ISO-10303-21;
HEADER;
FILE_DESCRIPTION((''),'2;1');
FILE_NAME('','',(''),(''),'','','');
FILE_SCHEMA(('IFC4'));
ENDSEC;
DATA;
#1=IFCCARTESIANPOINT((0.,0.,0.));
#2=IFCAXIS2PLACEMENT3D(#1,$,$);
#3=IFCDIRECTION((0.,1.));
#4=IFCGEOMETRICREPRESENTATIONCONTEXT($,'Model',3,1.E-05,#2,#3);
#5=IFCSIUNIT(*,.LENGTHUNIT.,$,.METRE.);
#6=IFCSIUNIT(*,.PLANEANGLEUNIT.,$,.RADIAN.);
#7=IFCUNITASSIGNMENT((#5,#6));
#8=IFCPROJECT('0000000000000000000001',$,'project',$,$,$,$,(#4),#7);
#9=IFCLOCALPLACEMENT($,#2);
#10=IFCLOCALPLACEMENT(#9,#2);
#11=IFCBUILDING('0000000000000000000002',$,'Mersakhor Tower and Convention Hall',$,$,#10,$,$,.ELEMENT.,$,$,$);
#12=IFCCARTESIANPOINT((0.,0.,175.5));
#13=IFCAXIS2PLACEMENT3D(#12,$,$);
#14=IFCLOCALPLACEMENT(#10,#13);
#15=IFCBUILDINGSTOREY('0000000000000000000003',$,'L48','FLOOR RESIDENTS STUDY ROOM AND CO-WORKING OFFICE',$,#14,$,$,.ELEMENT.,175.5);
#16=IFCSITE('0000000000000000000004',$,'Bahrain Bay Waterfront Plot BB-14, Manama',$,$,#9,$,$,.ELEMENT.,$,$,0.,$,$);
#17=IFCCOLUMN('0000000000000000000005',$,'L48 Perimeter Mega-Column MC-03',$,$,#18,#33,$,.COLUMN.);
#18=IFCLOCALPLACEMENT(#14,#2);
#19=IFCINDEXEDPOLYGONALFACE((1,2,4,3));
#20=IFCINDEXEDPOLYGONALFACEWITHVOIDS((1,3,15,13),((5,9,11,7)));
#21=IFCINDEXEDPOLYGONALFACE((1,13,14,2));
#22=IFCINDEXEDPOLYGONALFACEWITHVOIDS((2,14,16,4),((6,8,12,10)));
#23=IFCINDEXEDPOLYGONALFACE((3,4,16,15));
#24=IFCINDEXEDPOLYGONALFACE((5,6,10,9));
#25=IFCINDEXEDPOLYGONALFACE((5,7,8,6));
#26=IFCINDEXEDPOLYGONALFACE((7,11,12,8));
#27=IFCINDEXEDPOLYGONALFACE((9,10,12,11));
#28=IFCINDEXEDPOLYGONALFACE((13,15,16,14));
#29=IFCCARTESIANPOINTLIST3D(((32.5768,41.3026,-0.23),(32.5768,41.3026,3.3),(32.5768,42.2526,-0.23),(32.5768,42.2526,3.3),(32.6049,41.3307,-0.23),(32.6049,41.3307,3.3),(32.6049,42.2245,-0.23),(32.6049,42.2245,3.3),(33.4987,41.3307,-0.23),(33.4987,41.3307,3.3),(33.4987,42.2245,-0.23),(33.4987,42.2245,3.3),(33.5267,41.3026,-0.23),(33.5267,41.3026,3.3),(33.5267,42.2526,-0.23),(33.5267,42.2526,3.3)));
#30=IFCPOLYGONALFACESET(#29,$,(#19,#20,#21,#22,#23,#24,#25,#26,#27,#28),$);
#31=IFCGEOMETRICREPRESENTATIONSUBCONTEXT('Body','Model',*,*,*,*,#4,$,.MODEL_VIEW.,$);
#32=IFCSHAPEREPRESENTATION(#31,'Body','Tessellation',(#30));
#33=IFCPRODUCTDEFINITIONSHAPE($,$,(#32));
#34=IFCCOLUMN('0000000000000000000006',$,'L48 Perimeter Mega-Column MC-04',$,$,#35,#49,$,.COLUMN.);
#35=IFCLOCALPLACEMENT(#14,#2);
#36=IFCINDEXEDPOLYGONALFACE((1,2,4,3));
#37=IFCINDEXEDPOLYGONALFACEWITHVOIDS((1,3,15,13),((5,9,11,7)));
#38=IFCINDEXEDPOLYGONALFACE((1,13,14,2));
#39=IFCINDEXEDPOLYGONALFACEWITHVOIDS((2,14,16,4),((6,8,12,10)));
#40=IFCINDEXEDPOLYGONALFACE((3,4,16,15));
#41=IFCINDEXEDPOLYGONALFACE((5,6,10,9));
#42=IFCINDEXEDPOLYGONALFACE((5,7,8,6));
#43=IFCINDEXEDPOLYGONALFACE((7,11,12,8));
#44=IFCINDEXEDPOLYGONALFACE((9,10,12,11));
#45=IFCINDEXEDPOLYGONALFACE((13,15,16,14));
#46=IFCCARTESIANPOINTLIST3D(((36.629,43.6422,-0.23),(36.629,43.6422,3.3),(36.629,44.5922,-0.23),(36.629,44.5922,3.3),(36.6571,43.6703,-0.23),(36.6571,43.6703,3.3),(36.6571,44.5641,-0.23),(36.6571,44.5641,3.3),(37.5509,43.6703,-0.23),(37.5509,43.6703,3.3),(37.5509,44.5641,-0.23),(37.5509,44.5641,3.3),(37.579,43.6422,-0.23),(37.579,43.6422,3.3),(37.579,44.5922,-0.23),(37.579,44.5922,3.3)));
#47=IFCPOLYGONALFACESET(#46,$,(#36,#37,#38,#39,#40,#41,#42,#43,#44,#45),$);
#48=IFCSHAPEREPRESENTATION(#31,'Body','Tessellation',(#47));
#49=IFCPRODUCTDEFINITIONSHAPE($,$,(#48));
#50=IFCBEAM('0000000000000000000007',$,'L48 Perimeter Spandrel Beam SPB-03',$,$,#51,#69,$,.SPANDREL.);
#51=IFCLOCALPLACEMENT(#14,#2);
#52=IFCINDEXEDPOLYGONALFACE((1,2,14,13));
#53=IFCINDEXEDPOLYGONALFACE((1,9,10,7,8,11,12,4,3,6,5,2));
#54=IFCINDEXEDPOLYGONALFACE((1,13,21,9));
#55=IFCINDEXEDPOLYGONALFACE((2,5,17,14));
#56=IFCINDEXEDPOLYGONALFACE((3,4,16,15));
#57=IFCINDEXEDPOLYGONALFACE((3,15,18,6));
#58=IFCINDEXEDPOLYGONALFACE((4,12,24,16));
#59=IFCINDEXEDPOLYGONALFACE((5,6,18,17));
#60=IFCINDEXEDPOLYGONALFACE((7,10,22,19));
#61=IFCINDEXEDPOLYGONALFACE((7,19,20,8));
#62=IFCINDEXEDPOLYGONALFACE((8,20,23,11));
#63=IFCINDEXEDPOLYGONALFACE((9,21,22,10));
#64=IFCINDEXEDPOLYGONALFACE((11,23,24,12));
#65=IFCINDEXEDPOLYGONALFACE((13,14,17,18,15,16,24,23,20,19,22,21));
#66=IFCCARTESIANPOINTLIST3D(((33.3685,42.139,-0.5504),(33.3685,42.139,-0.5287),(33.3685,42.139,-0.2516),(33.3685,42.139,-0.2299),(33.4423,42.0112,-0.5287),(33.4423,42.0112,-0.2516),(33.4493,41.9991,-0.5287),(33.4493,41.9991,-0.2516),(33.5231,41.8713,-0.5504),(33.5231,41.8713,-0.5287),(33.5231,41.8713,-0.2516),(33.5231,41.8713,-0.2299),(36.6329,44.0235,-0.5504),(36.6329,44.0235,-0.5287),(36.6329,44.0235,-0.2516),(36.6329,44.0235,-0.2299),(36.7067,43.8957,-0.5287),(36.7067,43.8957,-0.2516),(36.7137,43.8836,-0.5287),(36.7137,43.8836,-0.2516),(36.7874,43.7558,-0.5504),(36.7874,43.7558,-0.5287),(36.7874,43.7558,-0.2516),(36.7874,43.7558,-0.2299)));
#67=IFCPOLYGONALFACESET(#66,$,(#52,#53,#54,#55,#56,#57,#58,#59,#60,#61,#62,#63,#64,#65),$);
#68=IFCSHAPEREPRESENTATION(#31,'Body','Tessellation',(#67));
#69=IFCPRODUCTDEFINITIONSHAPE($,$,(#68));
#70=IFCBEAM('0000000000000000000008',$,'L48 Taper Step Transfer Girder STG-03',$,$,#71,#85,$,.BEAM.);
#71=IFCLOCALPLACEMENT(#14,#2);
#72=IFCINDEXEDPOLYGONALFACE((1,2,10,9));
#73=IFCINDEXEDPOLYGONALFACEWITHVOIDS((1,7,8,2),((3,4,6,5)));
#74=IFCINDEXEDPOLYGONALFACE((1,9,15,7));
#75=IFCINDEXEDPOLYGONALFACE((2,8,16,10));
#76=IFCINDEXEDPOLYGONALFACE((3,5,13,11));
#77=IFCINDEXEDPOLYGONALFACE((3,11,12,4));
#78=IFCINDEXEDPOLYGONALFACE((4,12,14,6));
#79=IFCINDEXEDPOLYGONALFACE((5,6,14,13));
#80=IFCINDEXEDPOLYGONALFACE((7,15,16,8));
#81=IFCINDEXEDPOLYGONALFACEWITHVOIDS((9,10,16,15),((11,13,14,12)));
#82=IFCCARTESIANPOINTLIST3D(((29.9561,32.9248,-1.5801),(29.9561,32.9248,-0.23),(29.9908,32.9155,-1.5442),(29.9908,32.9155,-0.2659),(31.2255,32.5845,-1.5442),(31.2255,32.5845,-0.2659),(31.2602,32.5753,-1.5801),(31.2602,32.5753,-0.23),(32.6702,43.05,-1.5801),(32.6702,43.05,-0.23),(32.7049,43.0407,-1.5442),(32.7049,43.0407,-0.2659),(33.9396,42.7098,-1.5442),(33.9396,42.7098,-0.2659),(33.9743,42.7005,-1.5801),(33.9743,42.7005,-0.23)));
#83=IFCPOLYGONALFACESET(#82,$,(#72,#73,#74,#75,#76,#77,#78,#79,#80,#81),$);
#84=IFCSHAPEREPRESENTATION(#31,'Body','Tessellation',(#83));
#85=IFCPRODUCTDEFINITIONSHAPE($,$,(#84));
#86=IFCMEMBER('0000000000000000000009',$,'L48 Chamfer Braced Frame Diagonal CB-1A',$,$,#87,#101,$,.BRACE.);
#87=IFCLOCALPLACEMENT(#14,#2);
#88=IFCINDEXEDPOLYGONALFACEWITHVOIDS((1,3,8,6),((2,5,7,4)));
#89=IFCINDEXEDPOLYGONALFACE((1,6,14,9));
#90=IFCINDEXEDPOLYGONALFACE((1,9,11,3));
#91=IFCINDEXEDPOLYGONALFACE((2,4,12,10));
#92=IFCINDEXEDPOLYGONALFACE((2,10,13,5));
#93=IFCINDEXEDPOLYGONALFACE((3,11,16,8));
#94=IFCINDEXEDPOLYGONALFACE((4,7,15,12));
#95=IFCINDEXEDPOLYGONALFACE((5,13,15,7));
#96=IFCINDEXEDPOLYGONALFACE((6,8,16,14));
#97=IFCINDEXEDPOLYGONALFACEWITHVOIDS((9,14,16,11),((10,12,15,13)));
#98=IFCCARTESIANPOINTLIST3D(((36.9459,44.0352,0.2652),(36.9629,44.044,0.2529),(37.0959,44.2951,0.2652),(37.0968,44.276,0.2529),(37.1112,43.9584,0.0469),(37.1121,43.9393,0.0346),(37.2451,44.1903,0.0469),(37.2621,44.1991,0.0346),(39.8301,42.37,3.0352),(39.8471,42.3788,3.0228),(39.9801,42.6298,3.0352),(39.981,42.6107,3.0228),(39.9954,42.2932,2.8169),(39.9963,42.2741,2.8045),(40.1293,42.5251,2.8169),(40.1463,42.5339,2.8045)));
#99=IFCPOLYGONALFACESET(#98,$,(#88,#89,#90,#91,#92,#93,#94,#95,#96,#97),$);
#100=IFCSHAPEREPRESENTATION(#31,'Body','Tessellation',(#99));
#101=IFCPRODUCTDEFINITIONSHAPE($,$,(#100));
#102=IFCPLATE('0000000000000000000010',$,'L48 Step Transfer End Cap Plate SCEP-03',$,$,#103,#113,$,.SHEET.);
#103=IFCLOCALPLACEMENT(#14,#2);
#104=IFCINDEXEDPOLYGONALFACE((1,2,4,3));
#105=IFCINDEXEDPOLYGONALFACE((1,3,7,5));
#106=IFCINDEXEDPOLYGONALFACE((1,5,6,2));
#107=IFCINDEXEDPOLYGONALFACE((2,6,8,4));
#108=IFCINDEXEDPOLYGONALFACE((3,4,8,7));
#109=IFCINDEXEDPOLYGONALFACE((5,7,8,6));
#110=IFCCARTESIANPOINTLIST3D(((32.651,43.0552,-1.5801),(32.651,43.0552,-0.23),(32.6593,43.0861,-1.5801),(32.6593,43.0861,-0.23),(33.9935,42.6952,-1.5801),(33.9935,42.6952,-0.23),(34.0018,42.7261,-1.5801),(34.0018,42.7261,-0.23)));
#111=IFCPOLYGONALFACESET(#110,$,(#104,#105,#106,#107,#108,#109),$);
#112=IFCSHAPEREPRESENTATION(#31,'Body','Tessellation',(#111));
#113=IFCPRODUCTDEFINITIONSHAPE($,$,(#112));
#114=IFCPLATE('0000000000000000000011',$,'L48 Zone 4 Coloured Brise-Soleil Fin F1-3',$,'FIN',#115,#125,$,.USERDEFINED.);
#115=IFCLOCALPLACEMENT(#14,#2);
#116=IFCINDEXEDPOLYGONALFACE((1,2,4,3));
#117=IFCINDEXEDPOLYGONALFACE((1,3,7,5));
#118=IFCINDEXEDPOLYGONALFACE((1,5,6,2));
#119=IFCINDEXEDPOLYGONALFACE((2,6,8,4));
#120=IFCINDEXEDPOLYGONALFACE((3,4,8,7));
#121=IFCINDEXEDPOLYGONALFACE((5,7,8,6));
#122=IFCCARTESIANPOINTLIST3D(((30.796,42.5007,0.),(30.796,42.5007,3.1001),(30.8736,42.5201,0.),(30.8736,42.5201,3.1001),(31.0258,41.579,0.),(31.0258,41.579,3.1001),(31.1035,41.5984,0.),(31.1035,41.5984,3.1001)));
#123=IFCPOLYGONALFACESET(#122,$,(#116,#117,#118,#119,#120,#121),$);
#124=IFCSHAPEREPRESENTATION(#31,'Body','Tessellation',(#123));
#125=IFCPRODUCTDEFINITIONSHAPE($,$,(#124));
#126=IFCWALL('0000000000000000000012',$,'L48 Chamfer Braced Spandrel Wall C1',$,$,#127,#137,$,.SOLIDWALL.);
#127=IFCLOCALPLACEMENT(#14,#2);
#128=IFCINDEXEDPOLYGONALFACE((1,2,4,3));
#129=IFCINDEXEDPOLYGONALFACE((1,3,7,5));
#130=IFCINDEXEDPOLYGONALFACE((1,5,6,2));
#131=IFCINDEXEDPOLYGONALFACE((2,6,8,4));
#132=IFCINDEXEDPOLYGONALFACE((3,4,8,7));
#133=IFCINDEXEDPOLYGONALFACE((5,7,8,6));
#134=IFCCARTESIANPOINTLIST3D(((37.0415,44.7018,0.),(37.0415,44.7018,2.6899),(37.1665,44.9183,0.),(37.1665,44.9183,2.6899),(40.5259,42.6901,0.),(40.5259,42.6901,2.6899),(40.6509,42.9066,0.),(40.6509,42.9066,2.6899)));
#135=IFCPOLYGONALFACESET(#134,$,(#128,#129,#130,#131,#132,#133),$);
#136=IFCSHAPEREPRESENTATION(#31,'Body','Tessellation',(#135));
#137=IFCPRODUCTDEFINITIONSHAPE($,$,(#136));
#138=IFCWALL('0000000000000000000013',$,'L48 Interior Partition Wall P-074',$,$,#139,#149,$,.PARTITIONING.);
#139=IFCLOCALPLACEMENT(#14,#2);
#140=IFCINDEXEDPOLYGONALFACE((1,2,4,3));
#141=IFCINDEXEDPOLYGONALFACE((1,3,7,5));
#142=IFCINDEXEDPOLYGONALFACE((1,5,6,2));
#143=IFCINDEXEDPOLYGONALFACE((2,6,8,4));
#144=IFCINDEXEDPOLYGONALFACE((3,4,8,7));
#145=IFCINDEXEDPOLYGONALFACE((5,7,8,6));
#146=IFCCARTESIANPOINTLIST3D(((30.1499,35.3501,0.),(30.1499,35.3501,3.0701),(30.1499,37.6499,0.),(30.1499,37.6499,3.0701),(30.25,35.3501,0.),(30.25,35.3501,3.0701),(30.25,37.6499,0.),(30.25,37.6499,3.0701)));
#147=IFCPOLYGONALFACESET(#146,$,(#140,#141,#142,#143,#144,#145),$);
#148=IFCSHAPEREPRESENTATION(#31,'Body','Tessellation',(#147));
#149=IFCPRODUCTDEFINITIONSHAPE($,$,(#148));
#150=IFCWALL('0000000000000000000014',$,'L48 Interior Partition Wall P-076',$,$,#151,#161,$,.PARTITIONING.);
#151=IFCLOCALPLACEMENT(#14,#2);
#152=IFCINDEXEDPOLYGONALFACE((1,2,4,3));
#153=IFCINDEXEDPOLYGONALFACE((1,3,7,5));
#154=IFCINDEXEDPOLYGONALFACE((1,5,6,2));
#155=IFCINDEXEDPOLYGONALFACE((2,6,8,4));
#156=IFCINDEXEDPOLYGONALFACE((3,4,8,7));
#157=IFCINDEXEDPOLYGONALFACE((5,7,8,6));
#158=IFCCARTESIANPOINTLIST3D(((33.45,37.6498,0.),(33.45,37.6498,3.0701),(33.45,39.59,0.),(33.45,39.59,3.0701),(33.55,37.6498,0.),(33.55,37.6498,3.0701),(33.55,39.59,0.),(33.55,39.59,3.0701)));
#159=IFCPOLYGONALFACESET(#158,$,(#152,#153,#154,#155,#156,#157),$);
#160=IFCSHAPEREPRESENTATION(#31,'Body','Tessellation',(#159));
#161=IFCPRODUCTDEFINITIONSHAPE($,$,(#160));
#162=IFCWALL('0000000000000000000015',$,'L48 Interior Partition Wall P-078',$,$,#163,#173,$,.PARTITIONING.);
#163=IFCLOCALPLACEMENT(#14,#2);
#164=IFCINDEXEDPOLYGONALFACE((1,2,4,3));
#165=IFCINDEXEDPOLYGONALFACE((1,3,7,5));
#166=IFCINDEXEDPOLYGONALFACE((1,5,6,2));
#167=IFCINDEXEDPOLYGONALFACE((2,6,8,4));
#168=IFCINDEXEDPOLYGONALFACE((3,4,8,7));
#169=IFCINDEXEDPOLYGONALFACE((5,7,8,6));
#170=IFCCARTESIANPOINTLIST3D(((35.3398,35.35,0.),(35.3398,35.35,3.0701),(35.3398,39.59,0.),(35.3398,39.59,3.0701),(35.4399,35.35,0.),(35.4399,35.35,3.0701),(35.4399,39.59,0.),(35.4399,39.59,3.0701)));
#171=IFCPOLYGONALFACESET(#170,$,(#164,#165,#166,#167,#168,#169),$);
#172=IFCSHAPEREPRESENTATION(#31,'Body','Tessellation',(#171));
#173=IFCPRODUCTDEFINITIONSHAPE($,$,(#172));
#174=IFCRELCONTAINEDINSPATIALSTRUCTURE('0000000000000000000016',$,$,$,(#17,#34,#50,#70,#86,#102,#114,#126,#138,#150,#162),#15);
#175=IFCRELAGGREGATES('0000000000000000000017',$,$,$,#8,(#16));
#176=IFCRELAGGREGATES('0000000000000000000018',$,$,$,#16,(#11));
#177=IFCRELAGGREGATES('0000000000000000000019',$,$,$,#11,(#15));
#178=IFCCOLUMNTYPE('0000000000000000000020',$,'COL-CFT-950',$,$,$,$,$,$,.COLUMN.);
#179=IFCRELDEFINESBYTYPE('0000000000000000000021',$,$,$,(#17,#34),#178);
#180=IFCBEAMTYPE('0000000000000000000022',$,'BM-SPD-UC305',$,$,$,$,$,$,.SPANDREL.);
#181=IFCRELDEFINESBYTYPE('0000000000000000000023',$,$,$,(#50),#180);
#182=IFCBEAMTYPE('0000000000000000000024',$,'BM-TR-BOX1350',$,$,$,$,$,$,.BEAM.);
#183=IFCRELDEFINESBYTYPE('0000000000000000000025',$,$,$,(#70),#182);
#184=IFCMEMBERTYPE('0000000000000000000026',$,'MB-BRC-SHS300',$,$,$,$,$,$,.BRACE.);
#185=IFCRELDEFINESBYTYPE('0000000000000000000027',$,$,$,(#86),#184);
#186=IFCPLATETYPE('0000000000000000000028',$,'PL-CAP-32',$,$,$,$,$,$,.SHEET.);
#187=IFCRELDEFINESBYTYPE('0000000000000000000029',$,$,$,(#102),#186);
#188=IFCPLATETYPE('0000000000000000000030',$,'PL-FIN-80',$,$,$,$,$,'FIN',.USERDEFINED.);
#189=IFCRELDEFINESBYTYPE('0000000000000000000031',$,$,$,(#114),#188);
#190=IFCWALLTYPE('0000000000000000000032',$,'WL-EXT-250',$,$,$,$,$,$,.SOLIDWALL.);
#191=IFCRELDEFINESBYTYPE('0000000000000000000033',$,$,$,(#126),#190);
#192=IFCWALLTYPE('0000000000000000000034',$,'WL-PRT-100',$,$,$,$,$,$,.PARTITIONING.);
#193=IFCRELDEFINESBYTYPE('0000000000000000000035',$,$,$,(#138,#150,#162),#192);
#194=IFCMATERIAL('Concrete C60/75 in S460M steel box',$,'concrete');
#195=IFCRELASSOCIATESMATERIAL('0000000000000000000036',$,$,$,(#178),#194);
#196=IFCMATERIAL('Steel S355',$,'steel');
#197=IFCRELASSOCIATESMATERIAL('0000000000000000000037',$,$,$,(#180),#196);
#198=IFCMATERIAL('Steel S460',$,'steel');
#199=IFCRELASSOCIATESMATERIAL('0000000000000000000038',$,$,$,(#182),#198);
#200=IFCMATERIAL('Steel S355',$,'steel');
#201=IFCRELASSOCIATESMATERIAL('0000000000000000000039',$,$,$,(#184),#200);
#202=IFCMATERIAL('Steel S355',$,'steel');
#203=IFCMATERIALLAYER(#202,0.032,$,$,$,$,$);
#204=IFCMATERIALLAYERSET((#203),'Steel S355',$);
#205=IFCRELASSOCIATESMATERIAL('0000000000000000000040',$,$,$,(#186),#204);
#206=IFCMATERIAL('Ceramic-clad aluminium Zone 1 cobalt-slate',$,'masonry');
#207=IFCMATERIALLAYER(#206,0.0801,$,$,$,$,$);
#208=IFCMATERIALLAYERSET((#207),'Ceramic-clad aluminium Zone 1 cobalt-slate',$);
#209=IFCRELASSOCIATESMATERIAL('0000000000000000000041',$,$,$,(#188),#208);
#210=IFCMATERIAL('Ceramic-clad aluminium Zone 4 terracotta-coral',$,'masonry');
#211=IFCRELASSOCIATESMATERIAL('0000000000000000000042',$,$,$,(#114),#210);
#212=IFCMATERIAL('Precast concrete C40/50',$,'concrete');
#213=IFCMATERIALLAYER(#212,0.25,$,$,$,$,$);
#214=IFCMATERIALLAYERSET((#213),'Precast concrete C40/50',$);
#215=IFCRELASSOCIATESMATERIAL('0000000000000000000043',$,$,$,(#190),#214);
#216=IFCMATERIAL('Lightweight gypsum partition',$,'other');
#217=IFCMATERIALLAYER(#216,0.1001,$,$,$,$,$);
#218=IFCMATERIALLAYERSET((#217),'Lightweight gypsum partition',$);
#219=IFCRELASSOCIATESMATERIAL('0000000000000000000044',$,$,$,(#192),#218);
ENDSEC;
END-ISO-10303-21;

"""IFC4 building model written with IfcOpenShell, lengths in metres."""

from ifc_helpers import new_model, si_unit, direction, frame, frame_2d, origin, origin_2d, place, context, subcontext, project, spatial, rectangle, hollow_rectangle, i_section, extrude, material, layer, layer_set, material_profile, profile_set, type_object, element, save


model = new_model("IFC4")

# Units and contexts
model_context = context("Model", 3, precision=1e-05, world=origin(), true_north=direction((0.0, 1.0)))
body_context = subcontext(model_context, "Body", "Model", "MODEL_VIEW")
ifc_project = project(units=[si_unit("LENGTHUNIT", "METRE"), si_unit("PLANEANGLEUNIT", "RADIAN")], contexts=[model_context])

# Site, building, storey
site_placement = place(None, origin())
site = spatial("IfcSite", under=ifc_project, at=site_placement, Name="Bahrain Bay Waterfront Plot BB-14, Manama", CompositionType="ELEMENT", RefElevation=0.0)
building_placement = place(site_placement, origin())
building = spatial("IfcBuilding", under=site, at=building_placement, Name="Mersakhor Tower and Convention Hall", CompositionType="ELEMENT")
storey_placement = place(building_placement, frame((0.0, 0.0, 175.5)))
storey = spatial("IfcBuildingStorey", under=building, at=storey_placement, Name="L48", Description="FLOOR RESIDENTS STUDY ROOM AND CO-WORKING OFFICE", CompositionType="ELEMENT", Elevation=175.5)

# Columns
ifc_material_1 = material(Name="Concrete C60/75 in S460M steel box", Category="concrete")
ifc_material_profile_1 = material_profile(ifc_material_1, hollow_rectangle(XDim=0.95, YDim=0.95, WallThickness=0.0281, at=origin_2d()), Name="SHS 950x950x28")
ifc_profile_set_1 = profile_set([ifc_material_profile_1], Name="Concrete C60/75 in S460M steel box")
column_type = type_object("IfcColumnType", Name="COL-CFT-950", PredefinedType="COLUMN", material=ifc_profile_set_1)
for number, where, z_axis, x_axis, name in (
    (1, (33.0518, 41.7776, -0.23), (0.0, 0.0, 1.0), (1.0, 0.0, 0.0), "L48 Perimeter Mega-Column MC-03"),
    (2, (37.104, 44.1172, -0.23), (0.0, 0.0, 1.0), (1.0, 0.0, 0.0), "L48 Perimeter Mega-Column MC-04"),
):
    element("IfcColumn", number, at=place(storey_placement, frame(where, z_axis=z_axis, x_axis=x_axis)), inside=storey, type_object=column_type, Name=name, PredefinedType="COLUMN", context=body_context, shape_type="SweptSolid", body=[
        extrude(hollow_rectangle(XDim=0.95, YDim=0.95, WallThickness=0.0281, at=origin_2d()), origin(), (0.0, 0.0, 1.0), 3.53),
    ])

# Beams
ifc_material_2 = material(Name="Steel S355", Category="steel")
ifc_material_profile_2 = material_profile(ifc_material_2, i_section(OverallWidth=0.3091, OverallDepth=0.3206, WebThickness=0.0139, FlangeThickness=0.0217, at=origin_2d()), Name="UC 305x305x137")
ifc_profile_set_2 = profile_set([ifc_material_profile_2], Name="Steel S355")
beam_type_1 = type_object("IfcBeamType", Name="BM-SPD-UC305", PredefinedType="SPANDREL", material=ifc_profile_set_2)
beam_1_placement = place(storey_placement, frame((33.4458, 42.0051, -0.3901), z_axis=(0.866046, 0.499964, 0.0), x_axis=(-0.499964, 0.866046, 0.0)))
element("IfcBeam", 3, at=beam_1_placement, inside=storey, type_object=beam_type_1, Name="L48 Perimeter Spandrel Beam SPB-03", PredefinedType="SPANDREL", context=body_context, shape_type="SweptSolid", body=[
    extrude(i_section(OverallWidth=0.3091, OverallDepth=0.3206, WebThickness=0.0139, FlangeThickness=0.0217, at=origin_2d()), origin(), (0.0, 0.0, 1.0), 3.7693),
])
ifc_material_3 = material(Name="Steel S460", Category="steel")
ifc_material_profile_3 = material_profile(ifc_material_3, hollow_rectangle(XDim=1.3501, YDim=1.3501, WallThickness=0.0359, at=origin_2d()), Name="SHS 1350x1350x36")
ifc_profile_set_3 = profile_set([ifc_material_profile_3], Name="Steel S460")
beam_type_2 = type_object("IfcBeamType", Name="BM-TR-BOX1350", PredefinedType="BEAM", material=ifc_profile_set_3)
beam_2_placement = place(storey_placement, frame((33.3223, 42.8752, -0.905), z_axis=(-0.258913, -0.965901, 0.0), x_axis=(0.965901, -0.258913, 0.0)))
element("IfcBeam", 4, at=beam_2_placement, inside=storey, type_object=beam_type_2, Name="L48 Taper Step Transfer Girder STG-03", PredefinedType="BEAM", context=body_context, shape_type="SweptSolid", body=[
    extrude(hollow_rectangle(XDim=1.3501, YDim=1.3501, WallThickness=0.0359, at=origin_2d()), origin(), (0.0, 0.0, 1.0), 10.4827),
])

# Member
ifc_material_4 = material(Name="Steel S355", Category="steel")
ifc_material_profile_4 = material_profile(ifc_material_4, hollow_rectangle(XDim=0.3, YDim=0.3, WallThickness=0.0161, at=origin_2d()), Name="SHS 300x300x16")
ifc_profile_set_4 = profile_set([ifc_material_profile_4], Name="Steel S355")
member_type = type_object("IfcMemberType", Name="MB-BRC-SHS300", PredefinedType="BRACE", material=ifc_profile_set_4)
member_placement = place(storey_placement, frame((37.104, 44.1172, 0.1499), z_axis=(0.665825, -0.384425, 0.639449), x_axis=(0.50001, 0.86602, 0.0)))
element("IfcMember", 5, at=member_placement, inside=storey, type_object=member_type, Name="L48 Chamfer Braced Frame Diagonal CB-1A", PredefinedType="BRACE", context=body_context, shape_type="SweptSolid", body=[
    extrude(hollow_rectangle(XDim=0.3, YDim=0.3, WallThickness=0.0161, at=origin_2d()), origin(), (0.0, 0.0, 1.0), 4.3318),
])

# Plates
ifc_material_5 = material(Name="Steel S355", Category="steel")
ifc_layer_1 = layer(ifc_material_5, 0.032)
ifc_layer_set_1 = layer_set([ifc_layer_1], Name="Steel S355")
plate_type_1 = type_object("IfcPlateType", Name="PL-CAP-32", PredefinedType="SHEET", material=ifc_layer_set_1)
plate_1_placement = place(storey_placement, frame((33.3264, 42.8906, -1.5801), z_axis=(0.0, 0.0, 1.0), x_axis=(-0.258988, -0.965881, 0.0)))
element("IfcPlate", 6, at=plate_1_placement, inside=storey, type_object=plate_type_1, Name="L48 Step Transfer End Cap Plate SCEP-03", PredefinedType="SHEET", context=body_context, shape_type="SweptSolid", body=[
    extrude(rectangle(XDim=0.032, YDim=1.3899, at=origin_2d()), origin(), (0.0, 0.0, 1.0), 1.3501),
])
ifc_material_6 = material(Name="Ceramic-clad aluminium Zone 4 terracotta-coral", Category="masonry")
ifc_material_7 = material(Name="Ceramic-clad aluminium Zone 1 cobalt-slate", Category="masonry")
ifc_layer_2 = layer(ifc_material_7, 0.0801)
ifc_layer_set_2 = layer_set([ifc_layer_2], Name="Ceramic-clad aluminium Zone 1 cobalt-slate")
plate_type_2 = type_object("IfcPlateType", Name="PL-FIN-80", ElementType="FIN", PredefinedType="USERDEFINED", material=ifc_layer_set_2)
plate_2_placement = place(storey_placement, frame((30.9497, 42.0496, 0.0), z_axis=(0.0, 0.0, 1.0), x_axis=(-0.241922, 0.970296, 0.0)))
element("IfcPlate", 7, at=plate_2_placement, inside=storey, type_object=plate_type_2, material=ifc_material_6, Name="L48 Zone 4 Coloured Brise-Soleil Fin F1-3", ObjectType="FIN", PredefinedType="USERDEFINED", context=body_context, shape_type="SweptSolid", body=[
    extrude(rectangle(XDim=0.95, YDim=0.0801, at=origin_2d()), origin(), (0.0, 0.0, 1.0), 3.1001),
])

# Walls
ifc_material_8 = material(Name="Precast concrete C40/50", Category="concrete")
ifc_layer_3 = layer(ifc_material_8, 0.25)
ifc_layer_set_3 = layer_set([ifc_layer_3], Name="Precast concrete C40/50")
wall_type_1 = type_object("IfcWallType", Name="WL-EXT-250", PredefinedType="SOLIDWALL", material=ifc_layer_set_3)
wall_1_placement = place(storey_placement, frame((37.104, 44.8101, 0.0), z_axis=(0.0, 0.0, 1.0), x_axis=(0.866024, -0.500003, 0.0)))
element("IfcWall", 8, at=wall_1_placement, inside=storey, type_object=wall_type_1, Name="L48 Chamfer Braced Spandrel Wall C1", PredefinedType="SOLIDWALL", context=body_context, shape_type="SweptSolid", body=[
    extrude(rectangle(XDim=4.0234, YDim=0.25, at=frame_2d((2.0117, 0.0))), origin(), (0.0, 0.0, 1.0), 2.6899),
])
ifc_material_9 = material(Name="Lightweight gypsum partition", Category="other")
ifc_layer_4 = layer(ifc_material_9, 0.1001)
ifc_layer_set_4 = layer_set([ifc_layer_4], Name="Lightweight gypsum partition")
wall_type_2 = type_object("IfcWallType", Name="WL-PRT-100", PredefinedType="PARTITIONING", material=ifc_layer_set_4)
wall_2_placement = place(storey_placement, frame((30.2, 37.6499, 0.0), z_axis=(0.0, 0.0, 1.0), x_axis=(0.0, -1.0, 0.0)))
element("IfcWall", 9, at=wall_2_placement, inside=storey, type_object=wall_type_2, Name="L48 Interior Partition Wall P-074", PredefinedType="PARTITIONING", context=body_context, shape_type="SweptSolid", body=[
    extrude(rectangle(XDim=2.2998, YDim=0.1001, at=frame_2d((1.1499, 0.0))), origin(), (0.0, 0.0, 1.0), 3.0701),
])
wall_3_placement = place(storey_placement, frame((33.5, 39.5901, 0.0), z_axis=(0.0, 0.0, 1.0), x_axis=(0.0, -1.0, 0.0)))
element("IfcWall", 10, at=wall_3_placement, inside=storey, type_object=wall_type_2, Name="L48 Interior Partition Wall P-076", PredefinedType="PARTITIONING", context=body_context, shape_type="SweptSolid", body=[
    extrude(rectangle(XDim=1.9402, YDim=0.1001, at=frame_2d((0.9702, 0.0))), origin(), (0.0, 0.0, 1.0), 3.0701),
])
wall_4_placement = place(storey_placement, frame((35.3899, 39.5901, 0.0), z_axis=(0.0, 0.0, 1.0), x_axis=(0.0, -1.0, 0.0)))
element("IfcWall", 11, at=wall_4_placement, inside=storey, type_object=wall_type_2, Name="L48 Interior Partition Wall P-078", PredefinedType="PARTITIONING", context=body_context, shape_type="SweptSolid", body=[
    extrude(rectangle(XDim=4.24, YDim=0.1001, at=frame_2d((2.1201, 0.0))), origin(), (0.0, 0.0, 1.0), 3.0701),
])

save(model, "model.ifc")
